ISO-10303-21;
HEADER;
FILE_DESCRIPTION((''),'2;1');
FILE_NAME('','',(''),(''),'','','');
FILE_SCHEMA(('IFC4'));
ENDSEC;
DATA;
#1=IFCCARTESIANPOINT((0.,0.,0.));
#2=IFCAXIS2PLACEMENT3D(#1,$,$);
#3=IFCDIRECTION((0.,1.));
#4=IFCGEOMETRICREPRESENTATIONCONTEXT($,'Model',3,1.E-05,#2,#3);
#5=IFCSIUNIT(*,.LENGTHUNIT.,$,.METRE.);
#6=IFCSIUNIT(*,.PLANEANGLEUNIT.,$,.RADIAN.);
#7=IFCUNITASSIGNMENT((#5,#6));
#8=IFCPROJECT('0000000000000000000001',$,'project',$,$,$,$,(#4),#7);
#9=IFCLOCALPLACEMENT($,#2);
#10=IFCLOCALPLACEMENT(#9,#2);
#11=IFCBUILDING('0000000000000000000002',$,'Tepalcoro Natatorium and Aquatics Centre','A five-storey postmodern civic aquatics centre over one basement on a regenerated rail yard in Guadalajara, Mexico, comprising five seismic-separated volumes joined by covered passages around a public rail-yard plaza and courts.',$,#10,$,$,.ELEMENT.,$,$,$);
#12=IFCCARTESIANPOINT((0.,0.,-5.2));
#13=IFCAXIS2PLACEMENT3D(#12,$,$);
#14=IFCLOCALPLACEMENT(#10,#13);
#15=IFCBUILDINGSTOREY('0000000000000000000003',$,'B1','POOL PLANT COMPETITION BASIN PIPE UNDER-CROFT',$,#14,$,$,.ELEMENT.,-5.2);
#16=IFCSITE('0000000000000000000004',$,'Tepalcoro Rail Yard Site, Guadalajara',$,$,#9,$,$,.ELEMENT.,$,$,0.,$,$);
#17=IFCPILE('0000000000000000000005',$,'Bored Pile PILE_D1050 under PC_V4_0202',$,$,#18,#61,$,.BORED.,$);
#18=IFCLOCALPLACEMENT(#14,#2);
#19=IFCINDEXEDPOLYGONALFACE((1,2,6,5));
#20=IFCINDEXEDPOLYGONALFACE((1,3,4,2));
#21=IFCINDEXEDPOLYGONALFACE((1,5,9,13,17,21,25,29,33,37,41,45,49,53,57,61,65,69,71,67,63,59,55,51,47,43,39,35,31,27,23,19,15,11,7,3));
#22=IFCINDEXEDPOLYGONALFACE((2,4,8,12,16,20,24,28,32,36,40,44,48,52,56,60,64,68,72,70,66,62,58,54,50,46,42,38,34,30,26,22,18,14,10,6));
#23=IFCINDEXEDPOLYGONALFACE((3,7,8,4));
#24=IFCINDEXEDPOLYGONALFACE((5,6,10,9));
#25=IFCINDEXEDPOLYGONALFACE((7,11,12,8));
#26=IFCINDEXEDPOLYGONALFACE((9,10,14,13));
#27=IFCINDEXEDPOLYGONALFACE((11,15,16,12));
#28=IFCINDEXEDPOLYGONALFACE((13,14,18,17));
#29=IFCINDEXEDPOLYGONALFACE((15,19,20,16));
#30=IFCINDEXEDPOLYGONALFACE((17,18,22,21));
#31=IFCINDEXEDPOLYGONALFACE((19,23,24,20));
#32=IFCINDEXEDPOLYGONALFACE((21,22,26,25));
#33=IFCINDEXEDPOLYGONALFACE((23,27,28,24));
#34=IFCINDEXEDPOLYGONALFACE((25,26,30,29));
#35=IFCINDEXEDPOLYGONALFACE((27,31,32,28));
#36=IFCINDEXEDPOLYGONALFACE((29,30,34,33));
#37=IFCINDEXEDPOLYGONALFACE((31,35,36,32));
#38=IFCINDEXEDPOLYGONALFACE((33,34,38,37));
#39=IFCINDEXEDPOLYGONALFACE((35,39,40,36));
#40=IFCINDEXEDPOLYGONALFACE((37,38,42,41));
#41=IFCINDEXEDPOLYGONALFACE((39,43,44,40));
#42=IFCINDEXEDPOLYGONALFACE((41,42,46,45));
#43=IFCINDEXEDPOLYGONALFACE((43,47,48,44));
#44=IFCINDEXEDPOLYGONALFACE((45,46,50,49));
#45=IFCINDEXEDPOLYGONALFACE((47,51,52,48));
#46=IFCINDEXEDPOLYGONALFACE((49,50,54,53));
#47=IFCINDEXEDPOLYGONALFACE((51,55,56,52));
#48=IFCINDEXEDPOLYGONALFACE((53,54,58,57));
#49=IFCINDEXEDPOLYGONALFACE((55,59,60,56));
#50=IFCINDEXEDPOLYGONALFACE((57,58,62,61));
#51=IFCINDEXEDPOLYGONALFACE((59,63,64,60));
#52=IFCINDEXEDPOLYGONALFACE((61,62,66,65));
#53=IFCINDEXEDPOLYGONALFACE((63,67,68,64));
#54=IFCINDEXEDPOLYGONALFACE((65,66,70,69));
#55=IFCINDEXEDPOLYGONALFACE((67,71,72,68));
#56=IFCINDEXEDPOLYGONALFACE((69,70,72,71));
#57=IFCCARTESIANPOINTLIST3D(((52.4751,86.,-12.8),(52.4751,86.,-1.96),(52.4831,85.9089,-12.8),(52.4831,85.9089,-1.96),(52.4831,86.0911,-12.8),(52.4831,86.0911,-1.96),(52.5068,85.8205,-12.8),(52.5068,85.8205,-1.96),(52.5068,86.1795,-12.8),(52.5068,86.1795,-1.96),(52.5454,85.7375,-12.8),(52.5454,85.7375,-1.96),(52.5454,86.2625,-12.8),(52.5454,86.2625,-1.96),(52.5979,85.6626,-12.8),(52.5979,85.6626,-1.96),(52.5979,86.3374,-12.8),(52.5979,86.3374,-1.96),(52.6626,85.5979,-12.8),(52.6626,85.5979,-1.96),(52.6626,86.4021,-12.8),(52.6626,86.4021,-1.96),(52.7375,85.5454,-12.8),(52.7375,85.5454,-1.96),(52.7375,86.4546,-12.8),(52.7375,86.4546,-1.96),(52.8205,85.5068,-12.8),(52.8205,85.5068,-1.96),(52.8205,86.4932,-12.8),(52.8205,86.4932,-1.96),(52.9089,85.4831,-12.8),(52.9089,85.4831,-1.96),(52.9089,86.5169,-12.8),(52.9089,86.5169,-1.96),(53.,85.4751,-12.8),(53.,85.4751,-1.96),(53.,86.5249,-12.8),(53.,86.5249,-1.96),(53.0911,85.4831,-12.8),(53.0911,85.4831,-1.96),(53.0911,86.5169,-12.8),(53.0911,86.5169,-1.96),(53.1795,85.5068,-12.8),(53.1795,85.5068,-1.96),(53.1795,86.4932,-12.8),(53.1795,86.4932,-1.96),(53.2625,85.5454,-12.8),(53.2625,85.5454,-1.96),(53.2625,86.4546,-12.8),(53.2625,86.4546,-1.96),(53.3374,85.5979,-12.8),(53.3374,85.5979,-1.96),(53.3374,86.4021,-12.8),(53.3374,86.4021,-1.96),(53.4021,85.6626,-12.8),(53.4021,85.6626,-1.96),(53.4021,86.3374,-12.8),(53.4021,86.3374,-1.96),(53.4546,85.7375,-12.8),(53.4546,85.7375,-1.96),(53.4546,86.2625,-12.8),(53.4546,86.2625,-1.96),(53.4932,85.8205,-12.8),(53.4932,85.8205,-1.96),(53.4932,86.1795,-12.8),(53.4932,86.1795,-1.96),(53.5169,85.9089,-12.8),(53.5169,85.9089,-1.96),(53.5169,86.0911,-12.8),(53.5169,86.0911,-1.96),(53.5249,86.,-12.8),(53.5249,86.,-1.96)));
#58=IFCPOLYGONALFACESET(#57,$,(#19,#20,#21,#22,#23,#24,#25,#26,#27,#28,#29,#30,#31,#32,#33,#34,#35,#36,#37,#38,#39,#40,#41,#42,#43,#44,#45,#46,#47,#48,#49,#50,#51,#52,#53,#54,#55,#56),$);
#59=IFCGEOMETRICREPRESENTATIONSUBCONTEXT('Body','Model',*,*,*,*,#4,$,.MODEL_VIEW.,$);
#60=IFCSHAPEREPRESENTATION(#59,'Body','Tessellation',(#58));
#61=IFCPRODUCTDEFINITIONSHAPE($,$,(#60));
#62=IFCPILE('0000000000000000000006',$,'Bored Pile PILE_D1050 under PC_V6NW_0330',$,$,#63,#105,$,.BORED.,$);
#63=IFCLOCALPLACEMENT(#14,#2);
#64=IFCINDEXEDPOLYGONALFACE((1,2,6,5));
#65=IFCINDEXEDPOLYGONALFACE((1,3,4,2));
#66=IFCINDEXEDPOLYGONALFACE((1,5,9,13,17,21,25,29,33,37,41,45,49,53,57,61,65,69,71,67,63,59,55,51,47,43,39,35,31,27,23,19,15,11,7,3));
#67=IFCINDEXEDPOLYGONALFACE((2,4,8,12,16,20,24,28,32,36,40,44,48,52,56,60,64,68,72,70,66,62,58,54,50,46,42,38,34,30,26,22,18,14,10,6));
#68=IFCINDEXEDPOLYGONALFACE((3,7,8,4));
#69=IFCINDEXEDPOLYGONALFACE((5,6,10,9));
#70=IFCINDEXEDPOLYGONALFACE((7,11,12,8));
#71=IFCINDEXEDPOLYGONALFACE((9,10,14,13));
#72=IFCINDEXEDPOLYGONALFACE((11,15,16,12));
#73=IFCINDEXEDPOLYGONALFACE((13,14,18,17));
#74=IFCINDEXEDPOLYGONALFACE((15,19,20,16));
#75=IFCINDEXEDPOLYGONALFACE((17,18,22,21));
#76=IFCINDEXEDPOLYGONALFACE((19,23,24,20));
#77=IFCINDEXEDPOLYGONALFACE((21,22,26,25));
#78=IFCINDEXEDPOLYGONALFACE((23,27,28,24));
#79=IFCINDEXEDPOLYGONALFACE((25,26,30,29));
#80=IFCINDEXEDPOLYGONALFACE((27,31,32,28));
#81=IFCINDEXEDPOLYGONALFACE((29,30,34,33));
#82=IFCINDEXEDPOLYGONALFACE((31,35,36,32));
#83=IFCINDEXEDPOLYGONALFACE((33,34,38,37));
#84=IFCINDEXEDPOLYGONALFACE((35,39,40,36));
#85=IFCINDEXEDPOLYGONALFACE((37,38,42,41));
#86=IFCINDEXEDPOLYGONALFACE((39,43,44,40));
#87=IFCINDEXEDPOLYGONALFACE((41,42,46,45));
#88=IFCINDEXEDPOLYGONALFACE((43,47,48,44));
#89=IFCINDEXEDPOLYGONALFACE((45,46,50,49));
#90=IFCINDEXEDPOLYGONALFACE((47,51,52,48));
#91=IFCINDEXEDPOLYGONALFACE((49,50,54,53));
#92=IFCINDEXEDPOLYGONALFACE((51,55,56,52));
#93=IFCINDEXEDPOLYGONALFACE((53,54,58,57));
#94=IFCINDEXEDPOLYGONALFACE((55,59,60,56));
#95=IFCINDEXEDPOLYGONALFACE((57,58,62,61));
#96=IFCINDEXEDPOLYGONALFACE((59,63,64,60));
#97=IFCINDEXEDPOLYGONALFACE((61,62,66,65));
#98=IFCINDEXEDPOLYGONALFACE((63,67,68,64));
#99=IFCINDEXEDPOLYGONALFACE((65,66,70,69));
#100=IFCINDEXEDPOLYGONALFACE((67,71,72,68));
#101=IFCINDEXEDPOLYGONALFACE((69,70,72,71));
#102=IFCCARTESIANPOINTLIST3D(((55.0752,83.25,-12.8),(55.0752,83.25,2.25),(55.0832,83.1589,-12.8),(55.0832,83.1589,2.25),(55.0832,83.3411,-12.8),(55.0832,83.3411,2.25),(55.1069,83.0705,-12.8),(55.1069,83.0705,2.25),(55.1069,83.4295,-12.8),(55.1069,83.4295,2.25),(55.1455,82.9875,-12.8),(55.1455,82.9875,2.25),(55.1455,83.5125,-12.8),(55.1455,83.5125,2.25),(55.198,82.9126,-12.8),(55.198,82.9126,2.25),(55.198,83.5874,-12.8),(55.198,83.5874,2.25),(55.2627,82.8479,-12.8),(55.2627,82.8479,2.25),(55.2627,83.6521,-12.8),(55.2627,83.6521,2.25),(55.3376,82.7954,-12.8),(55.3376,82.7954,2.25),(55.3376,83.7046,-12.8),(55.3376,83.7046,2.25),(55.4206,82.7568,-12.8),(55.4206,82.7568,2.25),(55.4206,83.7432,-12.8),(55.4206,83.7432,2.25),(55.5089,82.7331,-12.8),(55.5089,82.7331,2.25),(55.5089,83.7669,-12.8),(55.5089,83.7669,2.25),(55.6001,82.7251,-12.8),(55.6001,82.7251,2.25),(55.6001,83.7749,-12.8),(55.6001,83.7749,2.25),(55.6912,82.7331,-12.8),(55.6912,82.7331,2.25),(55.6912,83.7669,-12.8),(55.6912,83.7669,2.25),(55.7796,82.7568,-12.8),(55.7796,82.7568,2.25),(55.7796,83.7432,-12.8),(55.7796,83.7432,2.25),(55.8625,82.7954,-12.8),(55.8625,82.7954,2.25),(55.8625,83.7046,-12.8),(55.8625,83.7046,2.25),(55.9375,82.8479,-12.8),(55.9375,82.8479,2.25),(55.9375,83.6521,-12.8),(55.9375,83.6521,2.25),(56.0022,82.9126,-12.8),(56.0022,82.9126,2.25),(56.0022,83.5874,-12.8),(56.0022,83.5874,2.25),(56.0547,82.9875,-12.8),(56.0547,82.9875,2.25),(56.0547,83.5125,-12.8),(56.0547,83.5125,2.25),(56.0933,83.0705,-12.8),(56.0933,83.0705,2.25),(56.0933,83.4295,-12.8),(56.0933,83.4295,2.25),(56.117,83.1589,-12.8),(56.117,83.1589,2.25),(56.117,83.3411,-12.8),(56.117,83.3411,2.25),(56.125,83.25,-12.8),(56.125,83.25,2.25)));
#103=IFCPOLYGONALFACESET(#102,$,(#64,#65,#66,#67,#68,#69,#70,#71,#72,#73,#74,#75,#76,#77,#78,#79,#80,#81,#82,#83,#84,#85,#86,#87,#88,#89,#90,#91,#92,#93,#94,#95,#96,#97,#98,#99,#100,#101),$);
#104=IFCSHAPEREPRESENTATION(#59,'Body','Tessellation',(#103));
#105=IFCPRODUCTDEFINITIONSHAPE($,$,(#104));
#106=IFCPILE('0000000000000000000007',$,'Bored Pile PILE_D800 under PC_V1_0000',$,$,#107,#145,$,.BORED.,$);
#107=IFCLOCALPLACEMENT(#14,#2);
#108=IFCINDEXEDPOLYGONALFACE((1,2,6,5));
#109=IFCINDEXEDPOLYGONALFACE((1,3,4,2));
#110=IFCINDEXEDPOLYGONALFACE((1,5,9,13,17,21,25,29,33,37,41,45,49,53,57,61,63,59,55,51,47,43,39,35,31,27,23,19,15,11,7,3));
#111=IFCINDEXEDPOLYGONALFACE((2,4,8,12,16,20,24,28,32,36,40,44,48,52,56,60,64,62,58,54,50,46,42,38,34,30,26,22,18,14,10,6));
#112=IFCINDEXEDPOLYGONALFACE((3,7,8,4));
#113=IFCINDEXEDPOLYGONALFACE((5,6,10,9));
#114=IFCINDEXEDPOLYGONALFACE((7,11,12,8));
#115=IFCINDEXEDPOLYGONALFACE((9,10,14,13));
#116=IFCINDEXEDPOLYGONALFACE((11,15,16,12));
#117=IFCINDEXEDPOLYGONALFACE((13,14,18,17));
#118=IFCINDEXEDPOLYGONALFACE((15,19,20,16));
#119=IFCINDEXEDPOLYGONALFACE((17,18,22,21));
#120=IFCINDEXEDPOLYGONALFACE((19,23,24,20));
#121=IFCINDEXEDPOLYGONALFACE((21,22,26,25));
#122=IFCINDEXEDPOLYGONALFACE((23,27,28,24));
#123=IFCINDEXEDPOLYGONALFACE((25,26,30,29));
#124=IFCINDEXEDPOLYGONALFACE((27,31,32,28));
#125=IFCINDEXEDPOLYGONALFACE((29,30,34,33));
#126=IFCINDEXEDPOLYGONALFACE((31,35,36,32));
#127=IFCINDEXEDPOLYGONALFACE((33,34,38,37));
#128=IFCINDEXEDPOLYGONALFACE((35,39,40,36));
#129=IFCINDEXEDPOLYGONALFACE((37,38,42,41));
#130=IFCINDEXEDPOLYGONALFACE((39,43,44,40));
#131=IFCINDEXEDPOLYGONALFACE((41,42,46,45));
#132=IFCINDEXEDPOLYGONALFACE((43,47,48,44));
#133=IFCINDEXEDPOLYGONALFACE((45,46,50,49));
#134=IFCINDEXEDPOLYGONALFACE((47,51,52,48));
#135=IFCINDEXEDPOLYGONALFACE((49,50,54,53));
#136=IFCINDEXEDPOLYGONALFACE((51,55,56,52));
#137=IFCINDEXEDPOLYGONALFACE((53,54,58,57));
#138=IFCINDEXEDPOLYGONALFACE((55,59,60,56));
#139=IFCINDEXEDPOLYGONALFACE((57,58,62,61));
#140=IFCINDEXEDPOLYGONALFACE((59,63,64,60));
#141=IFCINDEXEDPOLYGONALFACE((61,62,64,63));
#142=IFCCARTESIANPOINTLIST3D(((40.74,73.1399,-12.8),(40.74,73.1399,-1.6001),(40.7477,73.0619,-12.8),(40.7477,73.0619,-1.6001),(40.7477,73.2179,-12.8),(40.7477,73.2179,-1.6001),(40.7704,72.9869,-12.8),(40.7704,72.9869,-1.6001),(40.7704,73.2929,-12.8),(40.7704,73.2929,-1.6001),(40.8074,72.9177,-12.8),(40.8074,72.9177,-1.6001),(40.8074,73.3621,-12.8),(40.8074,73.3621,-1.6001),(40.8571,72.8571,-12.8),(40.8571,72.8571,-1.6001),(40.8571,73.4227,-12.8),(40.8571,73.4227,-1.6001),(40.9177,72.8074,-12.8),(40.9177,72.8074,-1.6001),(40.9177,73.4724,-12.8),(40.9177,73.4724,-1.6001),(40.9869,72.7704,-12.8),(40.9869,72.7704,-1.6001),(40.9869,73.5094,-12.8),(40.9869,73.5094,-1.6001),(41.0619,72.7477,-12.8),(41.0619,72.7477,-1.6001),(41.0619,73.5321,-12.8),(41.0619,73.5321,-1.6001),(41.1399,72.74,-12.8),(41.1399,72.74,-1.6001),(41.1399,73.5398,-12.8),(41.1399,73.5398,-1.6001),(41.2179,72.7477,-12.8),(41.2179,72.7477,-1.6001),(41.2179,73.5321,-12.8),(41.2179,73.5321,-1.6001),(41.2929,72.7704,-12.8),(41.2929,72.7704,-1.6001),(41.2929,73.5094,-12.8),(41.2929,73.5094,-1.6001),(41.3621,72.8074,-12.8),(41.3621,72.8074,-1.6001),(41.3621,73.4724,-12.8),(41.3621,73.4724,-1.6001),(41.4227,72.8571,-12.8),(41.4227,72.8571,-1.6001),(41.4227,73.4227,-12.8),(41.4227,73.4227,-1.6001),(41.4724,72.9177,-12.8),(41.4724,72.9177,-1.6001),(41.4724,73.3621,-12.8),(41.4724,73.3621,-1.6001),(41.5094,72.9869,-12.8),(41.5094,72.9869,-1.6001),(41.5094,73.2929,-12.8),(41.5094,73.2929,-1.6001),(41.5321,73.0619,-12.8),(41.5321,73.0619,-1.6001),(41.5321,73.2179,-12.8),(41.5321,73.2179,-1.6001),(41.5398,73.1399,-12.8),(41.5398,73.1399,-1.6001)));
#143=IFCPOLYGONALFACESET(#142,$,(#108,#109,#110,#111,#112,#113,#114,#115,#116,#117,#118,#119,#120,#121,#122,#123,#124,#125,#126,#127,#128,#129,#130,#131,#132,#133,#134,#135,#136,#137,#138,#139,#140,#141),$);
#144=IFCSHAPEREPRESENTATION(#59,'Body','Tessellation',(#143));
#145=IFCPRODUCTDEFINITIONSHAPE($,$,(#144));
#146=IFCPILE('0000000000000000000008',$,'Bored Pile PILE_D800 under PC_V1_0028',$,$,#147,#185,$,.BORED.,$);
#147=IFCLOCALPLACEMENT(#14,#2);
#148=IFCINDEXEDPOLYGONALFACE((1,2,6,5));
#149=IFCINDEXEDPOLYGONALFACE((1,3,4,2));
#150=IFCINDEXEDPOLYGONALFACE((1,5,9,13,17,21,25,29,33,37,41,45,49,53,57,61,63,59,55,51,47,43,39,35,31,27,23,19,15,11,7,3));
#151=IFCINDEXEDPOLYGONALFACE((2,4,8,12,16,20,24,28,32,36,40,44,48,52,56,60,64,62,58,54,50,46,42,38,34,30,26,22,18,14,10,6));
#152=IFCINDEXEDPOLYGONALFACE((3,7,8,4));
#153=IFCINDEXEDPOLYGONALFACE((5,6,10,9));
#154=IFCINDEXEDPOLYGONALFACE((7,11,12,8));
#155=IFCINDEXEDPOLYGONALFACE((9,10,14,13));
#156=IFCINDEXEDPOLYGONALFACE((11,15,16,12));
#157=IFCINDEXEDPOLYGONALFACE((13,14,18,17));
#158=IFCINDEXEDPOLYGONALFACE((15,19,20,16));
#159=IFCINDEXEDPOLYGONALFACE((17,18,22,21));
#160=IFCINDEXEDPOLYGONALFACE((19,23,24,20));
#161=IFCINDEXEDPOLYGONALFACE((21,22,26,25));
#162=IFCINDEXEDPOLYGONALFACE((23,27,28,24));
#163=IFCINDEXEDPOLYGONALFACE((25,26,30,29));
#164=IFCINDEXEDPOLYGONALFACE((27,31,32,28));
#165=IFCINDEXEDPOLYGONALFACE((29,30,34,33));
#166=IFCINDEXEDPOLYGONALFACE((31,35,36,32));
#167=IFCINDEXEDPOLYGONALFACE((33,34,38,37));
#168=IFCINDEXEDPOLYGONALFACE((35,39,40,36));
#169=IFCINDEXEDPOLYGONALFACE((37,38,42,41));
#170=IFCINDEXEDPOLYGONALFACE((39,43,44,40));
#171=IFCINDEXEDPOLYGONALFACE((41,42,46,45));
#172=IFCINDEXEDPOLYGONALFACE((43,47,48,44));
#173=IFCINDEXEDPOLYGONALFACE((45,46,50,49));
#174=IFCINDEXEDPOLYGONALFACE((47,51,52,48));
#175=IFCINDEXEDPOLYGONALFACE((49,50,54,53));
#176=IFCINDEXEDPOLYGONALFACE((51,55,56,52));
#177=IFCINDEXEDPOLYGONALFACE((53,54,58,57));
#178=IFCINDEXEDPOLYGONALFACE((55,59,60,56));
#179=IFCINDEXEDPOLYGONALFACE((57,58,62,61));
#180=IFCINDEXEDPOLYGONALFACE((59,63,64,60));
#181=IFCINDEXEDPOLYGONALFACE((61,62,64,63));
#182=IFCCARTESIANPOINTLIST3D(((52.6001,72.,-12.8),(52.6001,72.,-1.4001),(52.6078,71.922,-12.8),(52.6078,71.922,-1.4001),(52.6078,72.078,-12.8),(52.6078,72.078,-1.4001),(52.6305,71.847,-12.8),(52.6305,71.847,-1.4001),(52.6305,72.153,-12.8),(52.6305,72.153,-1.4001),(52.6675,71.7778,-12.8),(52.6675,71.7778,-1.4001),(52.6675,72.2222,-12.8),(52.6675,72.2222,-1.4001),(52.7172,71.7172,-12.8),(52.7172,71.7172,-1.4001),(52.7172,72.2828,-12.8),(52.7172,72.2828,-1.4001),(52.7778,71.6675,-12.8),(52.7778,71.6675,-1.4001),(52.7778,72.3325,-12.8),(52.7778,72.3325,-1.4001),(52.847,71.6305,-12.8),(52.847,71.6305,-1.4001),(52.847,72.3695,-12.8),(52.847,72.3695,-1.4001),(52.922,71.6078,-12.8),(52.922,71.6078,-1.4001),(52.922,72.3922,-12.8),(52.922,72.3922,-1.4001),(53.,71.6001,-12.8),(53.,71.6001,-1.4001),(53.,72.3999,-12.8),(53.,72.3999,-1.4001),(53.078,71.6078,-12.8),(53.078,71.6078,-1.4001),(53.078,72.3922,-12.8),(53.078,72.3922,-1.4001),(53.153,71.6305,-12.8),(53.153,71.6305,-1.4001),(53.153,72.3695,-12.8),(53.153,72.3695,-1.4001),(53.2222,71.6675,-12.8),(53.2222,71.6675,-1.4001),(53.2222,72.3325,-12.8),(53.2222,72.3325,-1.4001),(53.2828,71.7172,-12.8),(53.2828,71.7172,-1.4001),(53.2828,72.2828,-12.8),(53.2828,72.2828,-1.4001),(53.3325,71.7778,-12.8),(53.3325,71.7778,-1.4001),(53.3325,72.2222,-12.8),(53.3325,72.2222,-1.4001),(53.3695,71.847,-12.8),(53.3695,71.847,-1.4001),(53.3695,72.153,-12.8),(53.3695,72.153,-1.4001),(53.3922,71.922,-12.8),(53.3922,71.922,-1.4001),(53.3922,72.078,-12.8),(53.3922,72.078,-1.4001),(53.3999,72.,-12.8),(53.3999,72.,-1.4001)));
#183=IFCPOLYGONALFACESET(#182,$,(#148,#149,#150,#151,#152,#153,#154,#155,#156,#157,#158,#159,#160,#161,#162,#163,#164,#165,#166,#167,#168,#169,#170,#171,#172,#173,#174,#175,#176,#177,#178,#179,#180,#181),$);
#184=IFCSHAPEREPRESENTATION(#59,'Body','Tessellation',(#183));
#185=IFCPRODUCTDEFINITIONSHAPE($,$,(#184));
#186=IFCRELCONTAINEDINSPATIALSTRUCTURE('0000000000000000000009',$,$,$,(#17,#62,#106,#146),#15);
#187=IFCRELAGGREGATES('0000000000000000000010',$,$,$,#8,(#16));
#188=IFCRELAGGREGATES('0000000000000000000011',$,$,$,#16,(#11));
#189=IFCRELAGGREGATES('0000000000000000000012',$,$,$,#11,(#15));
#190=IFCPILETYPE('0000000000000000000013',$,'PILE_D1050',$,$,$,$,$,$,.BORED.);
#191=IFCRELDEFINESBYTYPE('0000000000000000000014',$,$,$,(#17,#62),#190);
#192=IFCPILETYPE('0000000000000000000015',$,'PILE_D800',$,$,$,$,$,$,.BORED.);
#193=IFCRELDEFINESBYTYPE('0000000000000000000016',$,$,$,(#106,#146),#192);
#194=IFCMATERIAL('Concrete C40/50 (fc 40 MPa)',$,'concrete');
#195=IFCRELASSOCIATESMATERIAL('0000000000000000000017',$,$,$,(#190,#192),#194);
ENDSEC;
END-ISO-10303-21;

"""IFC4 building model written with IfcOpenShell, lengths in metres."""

from ifc_helpers import new_model, si_unit, direction, frame, origin, origin_2d, place, context, subcontext, project, spatial, circle, extrude, material, material_profile, profile_set, type_object, element, save


model = new_model("IFC4")

# Units and contexts
model_context = context("Model", 3, precision=1e-05, world=origin(), true_north=direction((0.0, 1.0)))
body_context = subcontext(model_context, "Body", "Model", "MODEL_VIEW")
ifc_project = project(units=[si_unit("LENGTHUNIT", "METRE"), si_unit("PLANEANGLEUNIT", "RADIAN")], contexts=[model_context])

# Site, building, storey
site_placement = place(None, origin())
site = spatial("IfcSite", under=ifc_project, at=site_placement, Name="Tepalcoro Rail Yard Site, Guadalajara", CompositionType="ELEMENT", RefElevation=0.0)
building_placement = place(site_placement, origin())
building = spatial("IfcBuilding", under=site, at=building_placement, Name="Tepalcoro Natatorium and Aquatics Centre", Description="A five-storey postmodern civic aquatics centre over one basement on a regenerated rail yard in Guadalajara, Mexico, comprising five seismic-separated volumes joined by covered passages around a public rail-yard plaza and courts.", CompositionType="ELEMENT")
storey_placement = place(building_placement, frame((0.0, 0.0, -5.2)))
storey = spatial("IfcBuildingStorey", under=building, at=storey_placement, Name="B1", Description="POOL PLANT COMPETITION BASIN PIPE UNDER-CROFT", CompositionType="ELEMENT", Elevation=-5.2)

# Piles
ifc_material_1 = material(Name="Concrete C40/50 (fc 40 MPa)", Category="concrete")
ifc_material_profile_1 = material_profile(ifc_material_1, circle(Radius=0.5249, at=origin_2d()), Name="PILE_D1050")
ifc_profile_set_1 = profile_set([ifc_material_profile_1], Name="Concrete C40/50 (fc 40 MPa)")
pile_type_1 = type_object("IfcPileType", Name="PILE_D1050", PredefinedType="BORED", material=ifc_profile_set_1)
pile_1_placement = place(storey_placement, frame((53.0, 86.0, -1.96), z_axis=(0.0, 0.0, -1.0), x_axis=(1.0, 0.0, 0.0)))
element("IfcPile", 1, at=pile_1_placement, inside=storey, type_object=pile_type_1, Name="Bored Pile PILE_D1050 under PC_V4_0202", PredefinedType="BORED", context=body_context, shape_type="SweptSolid", body=[
    extrude(circle(Radius=0.5249, at=origin_2d()), origin(), (0.0, 0.0, 1.0), 10.8401),
])
pile_2_placement = place(storey_placement, frame((55.6001, 83.25, 2.25), z_axis=(0.0, 0.0, -1.0), x_axis=(1.0, 0.0, 0.0)))
element("IfcPile", 2, at=pile_2_placement, inside=storey, type_object=pile_type_1, Name="Bored Pile PILE_D1050 under PC_V6NW_0330", PredefinedType="BORED", context=body_context, shape_type="SweptSolid", body=[
    extrude(circle(Radius=0.5249, at=origin_2d()), origin(), (0.0, 0.0, 1.0), 15.05),
])
ifc_material_profile_2 = material_profile(ifc_material_1, circle(Radius=0.3999, at=origin_2d()), Name="PILE_D800")
ifc_profile_set_2 = profile_set([ifc_material_profile_2], Name="Concrete C40/50 (fc 40 MPa)")
pile_type_2 = type_object("IfcPileType", Name="PILE_D800", PredefinedType="BORED", material=ifc_profile_set_2)
pile_3_placement = place(storey_placement, frame((41.1399, 73.1399, -1.6001), z_axis=(0.0, 0.0, -1.0), x_axis=(1.0, 0.0, 0.0)))
element("IfcPile", 3, at=pile_3_placement, inside=storey, type_object=pile_type_2, Name="Bored Pile PILE_D800 under PC_V1_0000", PredefinedType="BORED", context=body_context, shape_type="SweptSolid", body=[
    extrude(circle(Radius=0.3999, at=origin_2d()), origin(), (0.0, 0.0, 1.0), 11.2),
])
pile_4_placement = place(storey_placement, frame((53.0, 72.0, -1.4001), z_axis=(0.0, 0.0, -1.0), x_axis=(1.0, 0.0, 0.0)))
element("IfcPile", 4, at=pile_4_placement, inside=storey, type_object=pile_type_2, Name="Bored Pile PILE_D800 under PC_V1_0028", PredefinedType="BORED", context=body_context, shape_type="SweptSolid", body=[
    extrude(circle(Radius=0.3999, at=origin_2d()), origin(), (0.0, 0.0, 1.0), 11.3999),
])

save(model, "model.ifc")
